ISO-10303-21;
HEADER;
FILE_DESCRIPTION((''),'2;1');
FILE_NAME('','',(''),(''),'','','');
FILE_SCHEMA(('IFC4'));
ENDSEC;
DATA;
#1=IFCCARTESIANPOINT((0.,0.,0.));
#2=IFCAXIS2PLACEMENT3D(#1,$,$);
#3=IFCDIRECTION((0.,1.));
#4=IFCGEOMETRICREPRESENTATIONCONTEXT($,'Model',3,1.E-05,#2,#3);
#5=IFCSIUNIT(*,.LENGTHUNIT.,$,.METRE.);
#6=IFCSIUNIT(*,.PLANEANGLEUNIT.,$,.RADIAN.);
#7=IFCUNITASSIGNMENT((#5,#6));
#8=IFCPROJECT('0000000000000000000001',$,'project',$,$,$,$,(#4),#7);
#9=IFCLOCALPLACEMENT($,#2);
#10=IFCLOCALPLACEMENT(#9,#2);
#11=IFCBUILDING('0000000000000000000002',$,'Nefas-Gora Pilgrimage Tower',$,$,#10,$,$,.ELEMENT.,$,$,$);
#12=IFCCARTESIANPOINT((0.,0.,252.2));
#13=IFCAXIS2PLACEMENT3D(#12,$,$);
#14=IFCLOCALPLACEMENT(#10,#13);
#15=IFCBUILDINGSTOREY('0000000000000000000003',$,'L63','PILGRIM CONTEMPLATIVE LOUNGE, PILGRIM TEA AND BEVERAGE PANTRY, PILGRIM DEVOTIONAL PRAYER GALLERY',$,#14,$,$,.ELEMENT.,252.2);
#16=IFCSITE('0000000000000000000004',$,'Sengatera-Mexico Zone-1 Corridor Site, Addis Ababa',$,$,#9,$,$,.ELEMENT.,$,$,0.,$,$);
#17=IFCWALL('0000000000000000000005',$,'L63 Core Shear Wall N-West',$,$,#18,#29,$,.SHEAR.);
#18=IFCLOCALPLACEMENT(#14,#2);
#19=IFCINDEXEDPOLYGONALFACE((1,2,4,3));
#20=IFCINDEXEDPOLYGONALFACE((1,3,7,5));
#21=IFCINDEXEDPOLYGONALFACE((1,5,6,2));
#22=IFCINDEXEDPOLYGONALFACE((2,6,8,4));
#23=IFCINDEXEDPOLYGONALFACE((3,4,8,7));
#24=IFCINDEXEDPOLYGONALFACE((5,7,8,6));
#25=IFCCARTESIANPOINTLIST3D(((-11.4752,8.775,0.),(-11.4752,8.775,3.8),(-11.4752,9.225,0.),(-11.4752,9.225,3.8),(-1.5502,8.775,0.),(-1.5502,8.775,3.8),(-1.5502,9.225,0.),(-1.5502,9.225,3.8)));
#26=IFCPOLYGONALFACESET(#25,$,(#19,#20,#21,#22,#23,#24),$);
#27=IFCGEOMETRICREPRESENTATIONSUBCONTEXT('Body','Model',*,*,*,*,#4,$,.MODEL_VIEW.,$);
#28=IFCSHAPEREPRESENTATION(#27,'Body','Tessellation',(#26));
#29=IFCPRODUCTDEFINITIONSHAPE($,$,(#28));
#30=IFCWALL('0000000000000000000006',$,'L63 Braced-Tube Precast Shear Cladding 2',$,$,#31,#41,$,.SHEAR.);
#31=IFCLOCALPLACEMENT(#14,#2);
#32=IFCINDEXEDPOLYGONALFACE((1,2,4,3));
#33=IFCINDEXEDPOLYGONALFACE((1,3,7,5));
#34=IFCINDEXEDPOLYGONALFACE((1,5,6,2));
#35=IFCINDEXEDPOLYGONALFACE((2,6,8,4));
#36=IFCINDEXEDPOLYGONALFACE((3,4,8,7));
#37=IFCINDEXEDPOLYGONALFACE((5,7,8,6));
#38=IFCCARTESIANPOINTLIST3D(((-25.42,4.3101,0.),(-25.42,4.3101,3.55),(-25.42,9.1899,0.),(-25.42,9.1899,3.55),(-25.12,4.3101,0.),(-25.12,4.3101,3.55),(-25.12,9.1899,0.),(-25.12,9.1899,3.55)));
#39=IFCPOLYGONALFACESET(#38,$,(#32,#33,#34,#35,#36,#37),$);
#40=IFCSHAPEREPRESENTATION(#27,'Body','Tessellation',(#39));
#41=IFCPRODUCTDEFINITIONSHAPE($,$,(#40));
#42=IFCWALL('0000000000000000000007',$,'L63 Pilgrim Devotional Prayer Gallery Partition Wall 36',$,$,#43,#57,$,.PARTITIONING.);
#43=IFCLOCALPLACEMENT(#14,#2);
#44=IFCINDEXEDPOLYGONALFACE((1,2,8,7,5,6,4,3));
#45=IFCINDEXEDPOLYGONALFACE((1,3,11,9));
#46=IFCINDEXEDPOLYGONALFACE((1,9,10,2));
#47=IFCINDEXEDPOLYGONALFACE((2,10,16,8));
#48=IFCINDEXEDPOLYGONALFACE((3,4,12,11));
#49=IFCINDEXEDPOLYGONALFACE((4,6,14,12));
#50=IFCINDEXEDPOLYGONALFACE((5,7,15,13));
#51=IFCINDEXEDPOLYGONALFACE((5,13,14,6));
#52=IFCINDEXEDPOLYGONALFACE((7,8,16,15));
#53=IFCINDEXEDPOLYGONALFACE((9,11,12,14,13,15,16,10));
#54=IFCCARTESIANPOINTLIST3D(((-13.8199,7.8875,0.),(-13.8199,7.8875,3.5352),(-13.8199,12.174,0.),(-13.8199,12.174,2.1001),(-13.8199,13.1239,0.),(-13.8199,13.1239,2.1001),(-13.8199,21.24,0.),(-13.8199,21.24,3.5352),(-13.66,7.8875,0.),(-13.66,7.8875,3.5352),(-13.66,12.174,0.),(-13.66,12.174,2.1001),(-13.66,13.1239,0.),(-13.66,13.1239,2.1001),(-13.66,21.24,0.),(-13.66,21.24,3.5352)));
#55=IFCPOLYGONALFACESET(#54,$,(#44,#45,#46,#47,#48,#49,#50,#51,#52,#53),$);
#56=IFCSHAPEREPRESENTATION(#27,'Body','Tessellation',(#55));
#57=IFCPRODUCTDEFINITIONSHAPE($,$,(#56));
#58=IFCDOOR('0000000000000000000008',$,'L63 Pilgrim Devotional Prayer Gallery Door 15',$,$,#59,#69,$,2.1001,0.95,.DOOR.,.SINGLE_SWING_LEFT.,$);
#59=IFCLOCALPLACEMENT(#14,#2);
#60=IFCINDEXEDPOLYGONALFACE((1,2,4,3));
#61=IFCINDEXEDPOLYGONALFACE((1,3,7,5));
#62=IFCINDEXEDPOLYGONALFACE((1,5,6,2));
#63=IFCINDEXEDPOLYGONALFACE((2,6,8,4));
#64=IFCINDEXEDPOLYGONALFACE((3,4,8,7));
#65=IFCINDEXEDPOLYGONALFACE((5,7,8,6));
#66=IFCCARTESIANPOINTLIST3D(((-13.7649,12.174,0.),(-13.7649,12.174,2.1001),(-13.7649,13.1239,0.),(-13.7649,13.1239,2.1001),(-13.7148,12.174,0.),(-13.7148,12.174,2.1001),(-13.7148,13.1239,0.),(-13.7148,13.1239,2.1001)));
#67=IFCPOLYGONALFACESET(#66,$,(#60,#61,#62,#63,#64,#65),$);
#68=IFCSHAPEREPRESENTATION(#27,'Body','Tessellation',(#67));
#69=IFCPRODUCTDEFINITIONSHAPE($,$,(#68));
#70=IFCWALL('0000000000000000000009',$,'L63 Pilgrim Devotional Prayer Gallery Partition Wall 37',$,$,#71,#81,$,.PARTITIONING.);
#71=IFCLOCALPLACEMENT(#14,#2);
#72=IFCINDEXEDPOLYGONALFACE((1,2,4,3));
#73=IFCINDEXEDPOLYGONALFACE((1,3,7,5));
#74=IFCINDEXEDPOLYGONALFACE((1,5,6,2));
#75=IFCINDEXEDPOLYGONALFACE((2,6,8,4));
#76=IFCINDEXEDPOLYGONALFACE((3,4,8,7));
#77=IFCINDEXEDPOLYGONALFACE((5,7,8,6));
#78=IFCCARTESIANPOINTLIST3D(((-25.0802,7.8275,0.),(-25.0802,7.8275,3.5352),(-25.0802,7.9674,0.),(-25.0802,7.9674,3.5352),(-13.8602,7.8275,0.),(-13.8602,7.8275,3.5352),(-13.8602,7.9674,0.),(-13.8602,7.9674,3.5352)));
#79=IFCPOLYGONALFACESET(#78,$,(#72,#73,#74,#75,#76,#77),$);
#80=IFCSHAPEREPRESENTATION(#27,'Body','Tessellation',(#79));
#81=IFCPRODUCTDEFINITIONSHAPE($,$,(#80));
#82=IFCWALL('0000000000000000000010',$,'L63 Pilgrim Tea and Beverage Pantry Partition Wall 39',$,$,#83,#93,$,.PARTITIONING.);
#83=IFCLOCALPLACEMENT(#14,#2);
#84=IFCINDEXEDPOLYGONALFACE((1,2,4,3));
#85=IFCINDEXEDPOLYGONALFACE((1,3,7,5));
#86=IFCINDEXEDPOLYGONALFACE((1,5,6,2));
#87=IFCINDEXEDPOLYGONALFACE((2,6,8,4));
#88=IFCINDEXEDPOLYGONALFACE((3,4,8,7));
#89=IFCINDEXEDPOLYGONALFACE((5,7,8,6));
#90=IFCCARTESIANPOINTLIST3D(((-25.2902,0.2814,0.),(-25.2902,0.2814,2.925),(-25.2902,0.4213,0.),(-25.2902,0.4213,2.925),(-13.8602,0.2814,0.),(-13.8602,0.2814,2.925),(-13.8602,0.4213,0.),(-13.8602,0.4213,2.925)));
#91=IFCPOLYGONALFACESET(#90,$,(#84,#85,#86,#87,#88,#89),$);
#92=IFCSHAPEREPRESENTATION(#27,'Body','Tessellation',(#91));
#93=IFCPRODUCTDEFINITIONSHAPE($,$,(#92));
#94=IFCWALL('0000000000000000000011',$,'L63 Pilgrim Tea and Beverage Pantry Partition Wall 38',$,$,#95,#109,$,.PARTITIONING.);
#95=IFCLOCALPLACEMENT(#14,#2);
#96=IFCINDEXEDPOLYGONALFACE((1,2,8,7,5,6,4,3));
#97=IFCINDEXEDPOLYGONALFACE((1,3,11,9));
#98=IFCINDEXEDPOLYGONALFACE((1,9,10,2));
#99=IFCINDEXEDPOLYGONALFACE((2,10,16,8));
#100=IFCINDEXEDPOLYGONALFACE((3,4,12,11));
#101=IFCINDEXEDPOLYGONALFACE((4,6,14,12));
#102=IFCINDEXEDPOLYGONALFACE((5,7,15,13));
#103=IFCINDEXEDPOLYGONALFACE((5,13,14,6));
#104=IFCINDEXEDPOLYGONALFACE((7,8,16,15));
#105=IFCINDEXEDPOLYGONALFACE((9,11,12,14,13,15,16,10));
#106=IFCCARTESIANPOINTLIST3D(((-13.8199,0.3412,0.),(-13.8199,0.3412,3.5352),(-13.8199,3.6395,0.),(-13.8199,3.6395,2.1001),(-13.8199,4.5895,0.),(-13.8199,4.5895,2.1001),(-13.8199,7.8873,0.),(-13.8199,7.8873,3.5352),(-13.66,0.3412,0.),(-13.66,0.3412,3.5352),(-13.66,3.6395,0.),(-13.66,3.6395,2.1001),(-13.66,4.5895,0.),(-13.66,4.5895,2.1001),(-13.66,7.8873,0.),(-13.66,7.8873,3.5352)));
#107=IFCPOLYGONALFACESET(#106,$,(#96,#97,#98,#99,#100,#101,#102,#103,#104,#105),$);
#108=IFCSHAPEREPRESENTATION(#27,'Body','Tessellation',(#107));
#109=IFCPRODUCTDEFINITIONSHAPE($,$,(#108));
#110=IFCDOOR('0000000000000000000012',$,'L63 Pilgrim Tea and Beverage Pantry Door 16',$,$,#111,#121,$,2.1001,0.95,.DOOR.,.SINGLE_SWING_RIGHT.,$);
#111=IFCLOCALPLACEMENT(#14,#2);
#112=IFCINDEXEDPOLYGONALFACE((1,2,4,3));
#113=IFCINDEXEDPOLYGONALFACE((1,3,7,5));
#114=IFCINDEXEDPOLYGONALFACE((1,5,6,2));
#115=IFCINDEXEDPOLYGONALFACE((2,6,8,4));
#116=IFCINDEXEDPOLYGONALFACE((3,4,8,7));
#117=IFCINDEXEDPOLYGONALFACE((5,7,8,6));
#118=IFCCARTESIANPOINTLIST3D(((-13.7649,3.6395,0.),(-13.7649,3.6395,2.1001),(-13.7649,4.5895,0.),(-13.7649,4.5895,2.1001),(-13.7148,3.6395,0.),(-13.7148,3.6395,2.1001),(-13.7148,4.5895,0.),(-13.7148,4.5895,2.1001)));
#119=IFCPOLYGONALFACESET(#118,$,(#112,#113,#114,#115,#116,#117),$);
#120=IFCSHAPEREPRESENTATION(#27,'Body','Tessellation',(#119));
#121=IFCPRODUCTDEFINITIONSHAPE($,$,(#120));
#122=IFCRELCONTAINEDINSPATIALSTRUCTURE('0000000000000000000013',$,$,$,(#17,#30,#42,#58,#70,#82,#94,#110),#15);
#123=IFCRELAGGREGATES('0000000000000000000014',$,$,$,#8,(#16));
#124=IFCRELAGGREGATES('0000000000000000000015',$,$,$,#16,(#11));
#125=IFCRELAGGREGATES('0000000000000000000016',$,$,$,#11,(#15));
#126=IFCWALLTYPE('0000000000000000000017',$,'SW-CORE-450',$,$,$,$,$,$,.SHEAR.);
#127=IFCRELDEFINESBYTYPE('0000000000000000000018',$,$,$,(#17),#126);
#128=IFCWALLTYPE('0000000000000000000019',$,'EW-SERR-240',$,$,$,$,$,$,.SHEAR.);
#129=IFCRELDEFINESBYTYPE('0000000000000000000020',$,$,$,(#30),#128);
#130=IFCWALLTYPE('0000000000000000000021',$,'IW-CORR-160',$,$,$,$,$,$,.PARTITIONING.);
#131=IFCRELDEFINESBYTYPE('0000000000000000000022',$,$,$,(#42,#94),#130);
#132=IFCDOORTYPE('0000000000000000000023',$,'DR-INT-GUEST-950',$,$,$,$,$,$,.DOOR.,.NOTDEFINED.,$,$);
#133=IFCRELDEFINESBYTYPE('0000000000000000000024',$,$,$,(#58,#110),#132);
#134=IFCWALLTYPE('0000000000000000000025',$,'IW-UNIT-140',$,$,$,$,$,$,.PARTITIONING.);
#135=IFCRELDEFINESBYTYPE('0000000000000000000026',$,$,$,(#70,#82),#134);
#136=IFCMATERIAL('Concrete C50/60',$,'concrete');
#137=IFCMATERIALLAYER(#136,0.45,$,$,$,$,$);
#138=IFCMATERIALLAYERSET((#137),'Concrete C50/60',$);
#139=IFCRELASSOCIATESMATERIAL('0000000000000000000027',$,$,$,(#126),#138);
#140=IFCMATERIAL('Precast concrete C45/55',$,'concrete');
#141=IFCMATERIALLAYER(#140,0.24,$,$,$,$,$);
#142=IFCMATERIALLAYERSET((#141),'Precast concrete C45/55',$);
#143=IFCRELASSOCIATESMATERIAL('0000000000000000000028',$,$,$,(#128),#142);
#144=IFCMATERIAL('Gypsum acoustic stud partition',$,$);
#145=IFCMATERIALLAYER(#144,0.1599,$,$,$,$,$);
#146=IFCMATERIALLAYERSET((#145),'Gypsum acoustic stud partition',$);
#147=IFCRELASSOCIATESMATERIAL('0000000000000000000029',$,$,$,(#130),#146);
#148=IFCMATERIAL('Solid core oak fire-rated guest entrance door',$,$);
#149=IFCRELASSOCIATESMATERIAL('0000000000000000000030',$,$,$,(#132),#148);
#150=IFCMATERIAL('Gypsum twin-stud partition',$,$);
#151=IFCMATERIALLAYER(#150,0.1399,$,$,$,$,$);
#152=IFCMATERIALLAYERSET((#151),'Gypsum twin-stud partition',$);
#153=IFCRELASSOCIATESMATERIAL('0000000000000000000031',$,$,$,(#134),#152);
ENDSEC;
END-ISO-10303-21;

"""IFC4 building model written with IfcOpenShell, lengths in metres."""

from ifc_helpers import new_model, si_unit, direction, frame, frame_2d, origin, place, context, subcontext, project, spatial, rectangle, extrude, source, transform, mapped, material, layer, layer_set, type_object, element, fill, save


model = new_model("IFC4")

# Units and contexts
model_context = context("Model", 3, precision=1e-05, world=origin(), true_north=direction((0.0, 1.0)))
body_context = subcontext(model_context, "Body", "Model", "MODEL_VIEW")
ifc_project = project(units=[si_unit("LENGTHUNIT", "METRE"), si_unit("PLANEANGLEUNIT", "RADIAN")], contexts=[model_context])

# Site, building, storey
site_placement = place(None, origin())
site = spatial("IfcSite", under=ifc_project, at=site_placement, Name="Sengatera-Mexico Zone-1 Corridor Site, Addis Ababa", CompositionType="ELEMENT", RefElevation=0.0)
building_placement = place(site_placement, origin())
building = spatial("IfcBuilding", under=site, at=building_placement, Name="Nefas-Gora Pilgrimage Tower", CompositionType="ELEMENT")
storey_placement = place(building_placement, frame((0.0, 0.0, 252.2)))
storey = spatial("IfcBuildingStorey", under=building, at=storey_placement, Name="L63", Description="PILGRIM CONTEMPLATIVE LOUNGE, PILGRIM TEA AND BEVERAGE PANTRY, PILGRIM DEVOTIONAL PRAYER GALLERY", CompositionType="ELEMENT", Elevation=252.2)

# Walls
ifc_material_1 = material(Name="Concrete C50/60", Category="concrete")
ifc_layer_1 = layer(ifc_material_1, 0.45)
ifc_layer_set_1 = layer_set([ifc_layer_1], Name="Concrete C50/60")
wall_type_1 = type_object("IfcWallType", Name="SW-CORE-450", PredefinedType="SHEAR", material=ifc_layer_set_1)
shared_shape_1 = source(origin(), body_context, "Body", "SweptSolid", [
    extrude(rectangle(XDim=9.925, YDim=0.45, at=frame_2d((4.9624, 0.0))), origin(), (0.0, 0.0, 1.0), 3.8),
])
wall_1_placement = place(storey_placement, frame((-11.4751, 9.0, 0.0), z_axis=(0.0, 0.0, 1.0), x_axis=(1.0, 0.0, 0.0)))
element("IfcWall", 1, at=wall_1_placement, inside=storey, type_object=wall_type_1, Name="L63 Core Shear Wall N-West", PredefinedType="SHEAR", context=body_context, shape_type="MappedRepresentation", body=[
    mapped(shared_shape_1, transform((0.0, 0.0, 0.0), x_axis=(1.0, 0.0, 0.0), y_axis=(0.0, 1.0, 0.0), z_axis=(0.0, 0.0, 1.0), scale=1.0)),
])
ifc_material_2 = material(Name="Precast concrete C45/55", Category="concrete")
ifc_layer_2 = layer(ifc_material_2, 0.24)
ifc_layer_set_2 = layer_set([ifc_layer_2], Name="Precast concrete C45/55")
wall_type_2 = type_object("IfcWallType", Name="EW-SERR-240", PredefinedType="SHEAR", material=ifc_layer_set_2)
shared_shape_2 = source(origin(), body_context, "Body", "SweptSolid", [
    extrude(rectangle(XDim=4.8799, YDim=0.3, at=frame_2d((2.4399, 0.0))), origin(), (0.0, 0.0, 1.0), 3.55),
])
wall_2_placement = place(storey_placement, frame((-25.27, 4.3101, 0.0), z_axis=(0.0, 0.0, 1.0), x_axis=(0.0, 1.0, 0.0)))
element("IfcWall", 2, at=wall_2_placement, inside=storey, type_object=wall_type_2, Name="L63 Braced-Tube Precast Shear Cladding 2", PredefinedType="SHEAR", context=body_context, shape_type="MappedRepresentation", body=[
    mapped(shared_shape_2, transform((0.0, 0.0, 0.0), x_axis=(1.0, 0.0, 0.0), y_axis=(0.0, 1.0, 0.0), z_axis=(0.0, 0.0, 1.0), scale=1.0)),
])

# Wall, opening, door
ifc_material_3 = material(Name="Gypsum acoustic stud partition")
ifc_layer_3 = layer(ifc_material_3, 0.1599)
ifc_layer_set_3 = layer_set([ifc_layer_3], Name="Gypsum acoustic stud partition")
wall_type_3 = type_object("IfcWallType", Name="IW-CORR-160", PredefinedType="PARTITIONING", material=ifc_layer_set_3)
shared_shape_3 = source(origin(), body_context, "Body", "SweptSolid", [
    extrude(rectangle(XDim=13.3525, YDim=0.1599, at=frame_2d((6.6763, 0.0))), origin(), (0.0, 0.0, 1.0), 3.5352),
])
wall_3_placement = place(storey_placement, frame((-13.74, 7.8875, 0.0), z_axis=(0.0, 0.0, 1.0), x_axis=(0.0, 1.0, 0.0)))
wall_3 = element("IfcWall", 3, at=wall_3_placement, inside=storey, type_object=wall_type_3, Name="L63 Pilgrim Devotional Prayer Gallery Partition Wall 36", PredefinedType="PARTITIONING", context=body_context, shape_type="MappedRepresentation", body=[
    mapped(shared_shape_3, transform((0.0, 0.0, 0.0), x_axis=(1.0, 0.0, 0.0), y_axis=(0.0, 1.0, 0.0), z_axis=(0.0, 0.0, 1.0), scale=1.0)),
])
opening_1_placement = place(wall_3_placement, frame((4.2864, 0.0, 0.0)))
opening_1 = element("IfcOpeningElement", 4, at=opening_1_placement, cuts=wall_3, PredefinedType="OPENING", context=body_context, shape_type="SweptSolid", body=[
    extrude(rectangle(XDim=0.95, YDim=2.1001, at=frame_2d((0.4751, 1.05))), frame((0.0, 0.0898, 0.0), z_axis=(0.0, -1.0, 0.0), x_axis=(1.0, 0.0, 0.0)), (0.0, 0.0, 1.0), 0.1799),
])
ifc_material_4 = material(Name="Solid core oak fire-rated guest entrance door")
door_type = type_object("IfcDoorType", Name="DR-INT-GUEST-950", OperationType="NOTDEFINED", PredefinedType="DOOR", material=ifc_material_4)
shared_shape_4 = source(origin(), body_context, "Body", "SweptSolid", [
    extrude(rectangle(XDim=0.95, YDim=2.1001, at=frame_2d((0.4751, 1.05))), frame((0.0, 0.0249, 0.0), z_axis=(0.0, -1.0, 0.0), x_axis=(1.0, 0.0, 0.0)), (0.0, 0.0, 1.0), 0.05),
])
door_1_placement = place(opening_1_placement, origin())
door_1 = element("IfcDoor", 5, at=door_1_placement, inside=storey, type_object=door_type, Name="L63 Pilgrim Devotional Prayer Gallery Door 15", OperationType="SINGLE_SWING_LEFT", OverallHeight=2.1001, OverallWidth=0.95, PredefinedType="DOOR", context=body_context, shape_type="MappedRepresentation", body=[
    mapped(shared_shape_4, transform((0.0, 0.0, 0.0), x_axis=(1.0, 0.0, 0.0), y_axis=(0.0, 1.0, 0.0), z_axis=(0.0, 0.0, 1.0), scale=1.0)),
])
fill(opening_1, door_1)

# Walls
ifc_material_5 = material(Name="Gypsum twin-stud partition")
ifc_layer_4 = layer(ifc_material_5, 0.1399)
ifc_layer_set_4 = layer_set([ifc_layer_4], Name="Gypsum twin-stud partition")
wall_type_4 = type_object("IfcWallType", Name="IW-UNIT-140", PredefinedType="PARTITIONING", material=ifc_layer_set_4)
shared_shape_5 = source(origin(), body_context, "Body", "SweptSolid", [
    extrude(rectangle(XDim=11.22, YDim=0.1399, at=frame_2d((5.6099, 0.0))), origin(), (0.0, 0.0, 1.0), 3.5352),
])
wall_4_placement = place(storey_placement, frame((-25.0801, 7.8975, 0.0), z_axis=(0.0, 0.0, 1.0), x_axis=(1.0, 0.0, 0.0)))
element("IfcWall", 6, at=wall_4_placement, inside=storey, type_object=wall_type_4, Name="L63 Pilgrim Devotional Prayer Gallery Partition Wall 37", PredefinedType="PARTITIONING", context=body_context, shape_type="MappedRepresentation", body=[
    mapped(shared_shape_5, transform((0.0, 0.0, 0.0), x_axis=(1.0, 0.0, 0.0), y_axis=(0.0, 1.0, 0.0), z_axis=(0.0, 0.0, 1.0), scale=1.0)),
])
shared_shape_6 = source(origin(), body_context, "Body", "SweptSolid", [
    extrude(rectangle(XDim=11.4299, YDim=0.1399, at=frame_2d((5.7148, 0.0))), origin(), (0.0, 0.0, 1.0), 2.925),
])
wall_5_placement = place(storey_placement, frame((-25.29, 0.3513, 0.0), z_axis=(0.0, 0.0, 1.0), x_axis=(1.0, 0.0, 0.0)))
element("IfcWall", 7, at=wall_5_placement, inside=storey, type_object=wall_type_4, Name="L63 Pilgrim Tea and Beverage Pantry Partition Wall 39", PredefinedType="PARTITIONING", context=body_context, shape_type="MappedRepresentation", body=[
    mapped(shared_shape_6, transform((0.0, 0.0, 0.0), x_axis=(1.0, 0.0, 0.0), y_axis=(0.0, 1.0, 0.0), z_axis=(0.0, 0.0, 1.0), scale=1.0)),
])

# Wall, opening, door
shared_shape_7 = source(origin(), body_context, "Body", "SweptSolid", [
    extrude(rectangle(XDim=7.5461, YDim=0.1599, at=frame_2d((3.7729, 0.0))), origin(), (0.0, 0.0, 1.0), 3.5352),
])
wall_6_placement = place(storey_placement, frame((-13.74, 0.3413, 0.0), z_axis=(0.0, 0.0, 1.0), x_axis=(0.0, 1.0, 0.0)))
wall_6 = element("IfcWall", 8, at=wall_6_placement, inside=storey, type_object=wall_type_3, Name="L63 Pilgrim Tea and Beverage Pantry Partition Wall 38", PredefinedType="PARTITIONING", context=body_context, shape_type="MappedRepresentation", body=[
    mapped(shared_shape_7, transform((0.0, 0.0, 0.0), x_axis=(1.0, 0.0, 0.0), y_axis=(0.0, 1.0, 0.0), z_axis=(0.0, 0.0, 1.0), scale=1.0)),
])
opening_2_placement = place(wall_6_placement, frame((3.2981, 0.0, 0.0)))
opening_2 = element("IfcOpeningElement", 9, at=opening_2_placement, cuts=wall_6, PredefinedType="OPENING", context=body_context, shape_type="SweptSolid", body=[
    extrude(rectangle(XDim=0.95, YDim=2.1001, at=frame_2d((0.4751, 1.05))), frame((0.0, 0.0898, 0.0), z_axis=(0.0, -1.0, 0.0), x_axis=(1.0, 0.0, 0.0)), (0.0, 0.0, 1.0), 0.1799),
])
door_2_placement = place(opening_2_placement, origin())
door_2 = element("IfcDoor", 10, at=door_2_placement, inside=storey, type_object=door_type, Name="L63 Pilgrim Tea and Beverage Pantry Door 16", OperationType="SINGLE_SWING_RIGHT", OverallHeight=2.1001, OverallWidth=0.95, PredefinedType="DOOR", context=body_context, shape_type="MappedRepresentation", body=[
    mapped(shared_shape_4, transform((0.0, 0.0, 0.0), x_axis=(1.0, 0.0, 0.0), y_axis=(0.0, 1.0, 0.0), z_axis=(0.0, 0.0, 1.0), scale=1.0)),
])
fill(opening_2, door_2)

save(model, "model.ifc")
